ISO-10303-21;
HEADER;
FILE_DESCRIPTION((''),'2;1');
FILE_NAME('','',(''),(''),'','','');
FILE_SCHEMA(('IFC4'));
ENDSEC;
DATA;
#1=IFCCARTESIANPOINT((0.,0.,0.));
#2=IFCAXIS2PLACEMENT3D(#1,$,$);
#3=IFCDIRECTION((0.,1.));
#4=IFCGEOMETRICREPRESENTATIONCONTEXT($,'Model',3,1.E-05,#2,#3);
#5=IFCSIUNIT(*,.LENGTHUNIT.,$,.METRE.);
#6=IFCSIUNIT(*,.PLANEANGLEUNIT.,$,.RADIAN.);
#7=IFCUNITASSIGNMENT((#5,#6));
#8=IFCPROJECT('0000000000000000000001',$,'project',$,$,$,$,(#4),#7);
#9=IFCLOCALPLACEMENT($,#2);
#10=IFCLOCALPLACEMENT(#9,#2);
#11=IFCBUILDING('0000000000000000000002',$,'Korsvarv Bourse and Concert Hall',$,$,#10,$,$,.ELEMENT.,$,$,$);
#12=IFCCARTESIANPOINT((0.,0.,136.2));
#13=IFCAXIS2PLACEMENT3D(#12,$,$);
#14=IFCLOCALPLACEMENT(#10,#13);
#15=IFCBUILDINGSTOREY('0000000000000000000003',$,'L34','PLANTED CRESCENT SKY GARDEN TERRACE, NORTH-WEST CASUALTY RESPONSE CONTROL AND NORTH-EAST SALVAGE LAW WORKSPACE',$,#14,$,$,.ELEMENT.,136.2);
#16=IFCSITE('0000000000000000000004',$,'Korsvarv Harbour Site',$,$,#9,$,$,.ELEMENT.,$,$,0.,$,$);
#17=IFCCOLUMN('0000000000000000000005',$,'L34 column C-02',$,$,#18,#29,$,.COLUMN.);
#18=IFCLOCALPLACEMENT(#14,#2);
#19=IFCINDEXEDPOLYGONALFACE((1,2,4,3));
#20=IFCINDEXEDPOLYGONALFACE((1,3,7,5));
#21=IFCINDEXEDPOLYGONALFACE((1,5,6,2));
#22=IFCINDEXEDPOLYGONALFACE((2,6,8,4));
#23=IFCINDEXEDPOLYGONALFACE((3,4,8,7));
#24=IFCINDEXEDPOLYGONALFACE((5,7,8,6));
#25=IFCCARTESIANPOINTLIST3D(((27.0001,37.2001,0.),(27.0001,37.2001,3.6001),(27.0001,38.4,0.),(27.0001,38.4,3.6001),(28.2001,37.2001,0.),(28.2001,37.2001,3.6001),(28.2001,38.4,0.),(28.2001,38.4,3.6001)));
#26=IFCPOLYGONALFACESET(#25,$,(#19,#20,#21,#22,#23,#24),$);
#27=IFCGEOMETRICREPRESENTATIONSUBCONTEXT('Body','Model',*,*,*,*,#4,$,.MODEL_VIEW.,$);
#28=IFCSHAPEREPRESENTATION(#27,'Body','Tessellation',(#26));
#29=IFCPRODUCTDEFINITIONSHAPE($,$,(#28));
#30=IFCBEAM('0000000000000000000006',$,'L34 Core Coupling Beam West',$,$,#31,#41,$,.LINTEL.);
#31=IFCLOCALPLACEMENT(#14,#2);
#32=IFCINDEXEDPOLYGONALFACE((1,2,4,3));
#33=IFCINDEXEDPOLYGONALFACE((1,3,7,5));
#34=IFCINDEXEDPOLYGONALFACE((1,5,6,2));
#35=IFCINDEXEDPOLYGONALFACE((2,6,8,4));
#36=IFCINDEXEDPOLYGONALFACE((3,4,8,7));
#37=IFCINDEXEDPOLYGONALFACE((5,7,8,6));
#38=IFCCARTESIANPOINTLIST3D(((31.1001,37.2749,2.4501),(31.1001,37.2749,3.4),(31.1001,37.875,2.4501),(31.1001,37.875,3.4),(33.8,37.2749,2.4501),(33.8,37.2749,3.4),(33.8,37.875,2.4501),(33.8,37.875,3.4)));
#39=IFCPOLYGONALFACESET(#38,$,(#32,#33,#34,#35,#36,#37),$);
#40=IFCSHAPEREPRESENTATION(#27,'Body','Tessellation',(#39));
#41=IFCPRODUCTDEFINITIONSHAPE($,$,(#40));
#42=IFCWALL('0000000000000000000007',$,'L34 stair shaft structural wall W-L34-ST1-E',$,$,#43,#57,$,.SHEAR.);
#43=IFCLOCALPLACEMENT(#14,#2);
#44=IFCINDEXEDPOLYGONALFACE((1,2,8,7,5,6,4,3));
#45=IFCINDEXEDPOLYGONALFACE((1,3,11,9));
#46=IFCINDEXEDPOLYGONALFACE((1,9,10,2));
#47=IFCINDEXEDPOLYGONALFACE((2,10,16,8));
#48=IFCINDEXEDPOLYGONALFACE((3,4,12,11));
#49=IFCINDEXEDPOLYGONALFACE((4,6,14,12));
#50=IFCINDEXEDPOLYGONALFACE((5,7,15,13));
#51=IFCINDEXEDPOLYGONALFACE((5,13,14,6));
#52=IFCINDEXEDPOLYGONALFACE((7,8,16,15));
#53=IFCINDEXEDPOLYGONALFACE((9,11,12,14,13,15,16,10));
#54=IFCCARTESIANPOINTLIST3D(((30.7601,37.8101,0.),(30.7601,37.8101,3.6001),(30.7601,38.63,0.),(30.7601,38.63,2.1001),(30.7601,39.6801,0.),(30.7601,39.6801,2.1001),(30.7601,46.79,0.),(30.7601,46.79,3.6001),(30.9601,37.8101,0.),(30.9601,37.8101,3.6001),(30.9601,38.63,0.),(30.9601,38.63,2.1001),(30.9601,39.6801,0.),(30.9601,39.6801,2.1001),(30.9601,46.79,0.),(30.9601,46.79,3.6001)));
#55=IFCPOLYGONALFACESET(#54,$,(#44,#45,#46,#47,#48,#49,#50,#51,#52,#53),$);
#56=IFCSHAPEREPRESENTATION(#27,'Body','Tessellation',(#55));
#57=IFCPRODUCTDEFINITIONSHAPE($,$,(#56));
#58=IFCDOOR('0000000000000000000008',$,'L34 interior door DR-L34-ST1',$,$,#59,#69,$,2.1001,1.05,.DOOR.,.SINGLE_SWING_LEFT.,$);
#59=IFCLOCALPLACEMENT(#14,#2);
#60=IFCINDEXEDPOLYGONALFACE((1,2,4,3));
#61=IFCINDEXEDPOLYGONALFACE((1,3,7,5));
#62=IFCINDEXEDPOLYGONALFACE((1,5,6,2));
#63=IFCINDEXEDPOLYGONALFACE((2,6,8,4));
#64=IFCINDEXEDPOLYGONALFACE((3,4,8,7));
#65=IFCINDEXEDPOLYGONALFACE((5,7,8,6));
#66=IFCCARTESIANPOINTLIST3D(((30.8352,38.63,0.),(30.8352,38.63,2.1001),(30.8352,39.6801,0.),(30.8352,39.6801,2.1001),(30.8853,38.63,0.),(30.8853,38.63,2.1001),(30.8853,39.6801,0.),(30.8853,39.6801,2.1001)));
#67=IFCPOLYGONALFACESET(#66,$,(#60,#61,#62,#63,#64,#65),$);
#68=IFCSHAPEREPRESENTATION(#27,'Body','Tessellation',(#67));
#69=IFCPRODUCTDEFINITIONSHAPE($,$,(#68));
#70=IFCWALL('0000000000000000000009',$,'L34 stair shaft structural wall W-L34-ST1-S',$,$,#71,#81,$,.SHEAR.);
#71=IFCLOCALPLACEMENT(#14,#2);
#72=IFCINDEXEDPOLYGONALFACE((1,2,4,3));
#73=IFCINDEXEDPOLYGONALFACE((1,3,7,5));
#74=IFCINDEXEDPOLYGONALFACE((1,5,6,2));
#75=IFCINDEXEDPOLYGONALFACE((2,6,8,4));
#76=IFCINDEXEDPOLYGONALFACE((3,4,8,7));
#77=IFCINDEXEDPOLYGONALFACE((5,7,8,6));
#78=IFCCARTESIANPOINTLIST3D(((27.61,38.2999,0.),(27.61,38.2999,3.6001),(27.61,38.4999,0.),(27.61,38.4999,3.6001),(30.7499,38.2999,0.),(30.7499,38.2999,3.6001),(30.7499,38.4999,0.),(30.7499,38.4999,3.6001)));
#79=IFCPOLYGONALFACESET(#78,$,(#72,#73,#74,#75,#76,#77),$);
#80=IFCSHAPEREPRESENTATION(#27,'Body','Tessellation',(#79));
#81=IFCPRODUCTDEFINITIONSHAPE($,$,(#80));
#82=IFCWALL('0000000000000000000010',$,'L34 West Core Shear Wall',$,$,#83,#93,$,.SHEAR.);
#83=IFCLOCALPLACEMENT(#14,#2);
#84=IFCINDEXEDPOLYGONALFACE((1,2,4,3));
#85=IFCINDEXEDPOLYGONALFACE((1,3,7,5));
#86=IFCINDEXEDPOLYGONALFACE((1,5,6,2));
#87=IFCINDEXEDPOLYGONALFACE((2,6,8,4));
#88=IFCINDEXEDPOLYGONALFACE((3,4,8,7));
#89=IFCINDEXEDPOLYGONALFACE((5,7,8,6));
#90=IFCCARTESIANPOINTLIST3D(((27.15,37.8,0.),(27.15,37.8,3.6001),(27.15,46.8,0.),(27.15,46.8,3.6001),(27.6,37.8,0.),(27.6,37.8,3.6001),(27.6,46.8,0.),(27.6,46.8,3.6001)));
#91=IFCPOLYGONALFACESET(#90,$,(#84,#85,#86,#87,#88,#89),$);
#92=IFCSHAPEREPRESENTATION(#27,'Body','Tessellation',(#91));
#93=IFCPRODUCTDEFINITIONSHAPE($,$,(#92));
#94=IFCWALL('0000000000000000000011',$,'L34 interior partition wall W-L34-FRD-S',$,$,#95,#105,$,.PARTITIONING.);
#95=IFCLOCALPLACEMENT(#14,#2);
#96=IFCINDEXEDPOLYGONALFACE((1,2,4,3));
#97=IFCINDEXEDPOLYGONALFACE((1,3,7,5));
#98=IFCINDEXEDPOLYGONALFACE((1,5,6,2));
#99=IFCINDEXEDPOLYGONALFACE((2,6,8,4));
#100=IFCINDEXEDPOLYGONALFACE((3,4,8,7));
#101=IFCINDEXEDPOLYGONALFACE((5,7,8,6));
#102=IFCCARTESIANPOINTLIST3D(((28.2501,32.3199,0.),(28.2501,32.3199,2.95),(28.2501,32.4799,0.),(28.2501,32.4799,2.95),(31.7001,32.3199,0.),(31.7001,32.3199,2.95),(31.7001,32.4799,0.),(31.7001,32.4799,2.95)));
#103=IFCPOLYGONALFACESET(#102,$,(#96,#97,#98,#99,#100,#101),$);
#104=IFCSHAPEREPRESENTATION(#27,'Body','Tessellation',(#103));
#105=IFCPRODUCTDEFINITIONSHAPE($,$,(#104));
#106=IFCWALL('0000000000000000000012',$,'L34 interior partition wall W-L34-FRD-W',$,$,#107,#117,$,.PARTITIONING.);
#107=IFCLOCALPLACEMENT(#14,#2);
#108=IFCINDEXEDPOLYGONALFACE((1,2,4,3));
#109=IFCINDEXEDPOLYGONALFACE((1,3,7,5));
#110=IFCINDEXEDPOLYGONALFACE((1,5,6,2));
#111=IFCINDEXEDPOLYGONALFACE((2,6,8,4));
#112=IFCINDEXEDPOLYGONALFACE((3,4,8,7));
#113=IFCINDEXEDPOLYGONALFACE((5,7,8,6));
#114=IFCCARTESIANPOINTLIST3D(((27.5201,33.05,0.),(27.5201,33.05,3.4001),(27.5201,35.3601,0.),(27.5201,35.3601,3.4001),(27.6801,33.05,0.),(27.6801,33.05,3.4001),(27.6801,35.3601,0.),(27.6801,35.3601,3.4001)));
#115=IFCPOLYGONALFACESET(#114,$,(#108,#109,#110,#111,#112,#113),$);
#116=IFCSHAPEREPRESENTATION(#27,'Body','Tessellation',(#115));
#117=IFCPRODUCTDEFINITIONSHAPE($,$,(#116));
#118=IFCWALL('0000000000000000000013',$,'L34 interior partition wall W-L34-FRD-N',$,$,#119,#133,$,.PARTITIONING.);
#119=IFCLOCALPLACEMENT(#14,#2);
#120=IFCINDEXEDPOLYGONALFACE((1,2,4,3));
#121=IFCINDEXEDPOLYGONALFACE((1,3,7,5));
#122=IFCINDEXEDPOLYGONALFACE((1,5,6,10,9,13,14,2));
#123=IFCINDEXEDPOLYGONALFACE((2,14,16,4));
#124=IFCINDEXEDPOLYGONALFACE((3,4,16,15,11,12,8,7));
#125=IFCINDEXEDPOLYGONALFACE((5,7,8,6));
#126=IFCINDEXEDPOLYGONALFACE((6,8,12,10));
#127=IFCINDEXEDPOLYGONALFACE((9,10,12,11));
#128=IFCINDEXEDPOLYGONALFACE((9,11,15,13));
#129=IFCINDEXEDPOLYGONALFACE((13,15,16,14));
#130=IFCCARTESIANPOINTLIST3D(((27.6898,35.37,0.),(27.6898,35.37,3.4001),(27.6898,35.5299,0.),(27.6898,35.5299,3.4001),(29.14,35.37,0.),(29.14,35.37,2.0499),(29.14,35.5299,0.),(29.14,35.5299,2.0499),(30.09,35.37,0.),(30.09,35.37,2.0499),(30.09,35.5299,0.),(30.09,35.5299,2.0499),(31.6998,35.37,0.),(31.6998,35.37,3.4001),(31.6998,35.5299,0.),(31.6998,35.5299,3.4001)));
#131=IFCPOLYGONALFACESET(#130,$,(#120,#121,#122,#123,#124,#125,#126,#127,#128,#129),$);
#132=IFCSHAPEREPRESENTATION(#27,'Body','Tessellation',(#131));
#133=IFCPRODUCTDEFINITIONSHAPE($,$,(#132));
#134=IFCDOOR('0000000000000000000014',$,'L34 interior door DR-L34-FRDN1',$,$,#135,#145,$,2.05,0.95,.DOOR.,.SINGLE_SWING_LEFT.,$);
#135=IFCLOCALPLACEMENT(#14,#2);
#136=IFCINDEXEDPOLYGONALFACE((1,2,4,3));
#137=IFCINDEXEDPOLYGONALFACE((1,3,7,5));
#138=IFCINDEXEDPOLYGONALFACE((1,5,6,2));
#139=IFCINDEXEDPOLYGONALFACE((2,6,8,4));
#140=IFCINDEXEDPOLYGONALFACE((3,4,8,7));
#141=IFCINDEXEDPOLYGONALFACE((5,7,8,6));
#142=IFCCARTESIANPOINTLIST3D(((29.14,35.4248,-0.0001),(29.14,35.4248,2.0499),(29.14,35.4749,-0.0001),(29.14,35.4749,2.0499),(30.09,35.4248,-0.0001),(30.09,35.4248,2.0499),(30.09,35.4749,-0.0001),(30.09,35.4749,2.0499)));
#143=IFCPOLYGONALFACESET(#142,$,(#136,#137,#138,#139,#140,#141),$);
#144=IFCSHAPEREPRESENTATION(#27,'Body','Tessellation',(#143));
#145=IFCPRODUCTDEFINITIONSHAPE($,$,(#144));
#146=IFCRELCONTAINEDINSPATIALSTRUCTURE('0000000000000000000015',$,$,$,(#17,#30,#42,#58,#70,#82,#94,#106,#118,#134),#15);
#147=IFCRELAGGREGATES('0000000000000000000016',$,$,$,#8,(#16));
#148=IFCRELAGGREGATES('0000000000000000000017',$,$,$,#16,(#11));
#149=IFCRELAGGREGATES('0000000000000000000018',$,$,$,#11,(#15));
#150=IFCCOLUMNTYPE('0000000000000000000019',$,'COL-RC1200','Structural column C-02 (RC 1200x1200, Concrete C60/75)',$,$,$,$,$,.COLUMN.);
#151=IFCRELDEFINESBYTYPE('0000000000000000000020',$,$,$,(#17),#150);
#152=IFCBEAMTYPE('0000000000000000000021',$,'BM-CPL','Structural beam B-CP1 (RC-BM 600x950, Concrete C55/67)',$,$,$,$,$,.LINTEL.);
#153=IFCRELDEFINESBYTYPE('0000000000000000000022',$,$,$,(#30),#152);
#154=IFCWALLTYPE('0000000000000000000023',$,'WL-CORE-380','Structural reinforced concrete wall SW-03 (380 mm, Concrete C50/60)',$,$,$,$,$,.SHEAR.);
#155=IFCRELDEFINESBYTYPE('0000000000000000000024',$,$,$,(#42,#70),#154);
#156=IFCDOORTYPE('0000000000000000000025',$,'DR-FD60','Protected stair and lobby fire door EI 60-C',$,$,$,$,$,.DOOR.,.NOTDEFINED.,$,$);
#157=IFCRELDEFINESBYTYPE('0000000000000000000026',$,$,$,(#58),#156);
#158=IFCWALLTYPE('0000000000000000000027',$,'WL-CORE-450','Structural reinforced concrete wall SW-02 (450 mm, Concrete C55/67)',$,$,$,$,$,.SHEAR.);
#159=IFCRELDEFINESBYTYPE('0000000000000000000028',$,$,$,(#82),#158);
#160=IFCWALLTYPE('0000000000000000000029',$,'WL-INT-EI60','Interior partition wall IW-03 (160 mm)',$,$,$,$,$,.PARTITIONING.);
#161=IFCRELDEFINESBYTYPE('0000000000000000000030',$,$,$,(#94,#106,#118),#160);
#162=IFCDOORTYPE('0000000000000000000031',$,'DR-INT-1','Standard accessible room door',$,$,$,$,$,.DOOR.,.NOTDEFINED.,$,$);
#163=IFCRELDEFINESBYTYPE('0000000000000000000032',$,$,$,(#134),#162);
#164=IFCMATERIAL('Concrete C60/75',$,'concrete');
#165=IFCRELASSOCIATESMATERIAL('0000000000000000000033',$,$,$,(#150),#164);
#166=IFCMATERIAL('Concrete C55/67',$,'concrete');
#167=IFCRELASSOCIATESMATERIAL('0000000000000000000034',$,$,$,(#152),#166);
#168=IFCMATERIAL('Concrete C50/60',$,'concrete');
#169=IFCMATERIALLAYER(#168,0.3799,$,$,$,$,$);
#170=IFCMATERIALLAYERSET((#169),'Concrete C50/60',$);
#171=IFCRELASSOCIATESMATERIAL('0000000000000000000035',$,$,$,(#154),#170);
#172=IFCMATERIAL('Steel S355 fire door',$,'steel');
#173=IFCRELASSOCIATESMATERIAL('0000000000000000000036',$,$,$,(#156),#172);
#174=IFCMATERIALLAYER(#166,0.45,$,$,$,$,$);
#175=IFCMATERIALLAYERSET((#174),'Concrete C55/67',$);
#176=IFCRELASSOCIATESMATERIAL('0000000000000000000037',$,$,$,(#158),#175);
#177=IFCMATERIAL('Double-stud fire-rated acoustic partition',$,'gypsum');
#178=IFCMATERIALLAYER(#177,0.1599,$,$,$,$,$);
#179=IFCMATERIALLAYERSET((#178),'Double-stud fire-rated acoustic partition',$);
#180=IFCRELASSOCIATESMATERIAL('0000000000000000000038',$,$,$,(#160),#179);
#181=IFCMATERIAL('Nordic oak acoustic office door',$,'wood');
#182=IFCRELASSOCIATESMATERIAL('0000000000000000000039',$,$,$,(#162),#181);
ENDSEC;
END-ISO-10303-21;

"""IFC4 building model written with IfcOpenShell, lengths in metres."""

from ifc_helpers import new_model, si_unit, direction, frame, frame_2d, origin, origin_2d, place, context, subcontext, project, spatial, rectangle, extrude, source, transform, mapped, material, layer, layer_set, material_profile, profile_set, type_object, element, fill, save


model = new_model("IFC4")

# Units and contexts
model_context = context("Model", 3, precision=1e-05, world=origin(), true_north=direction((0.0, 1.0)))
body_context = subcontext(model_context, "Body", "Model", "MODEL_VIEW")
ifc_project = project(units=[si_unit("LENGTHUNIT", "METRE"), si_unit("PLANEANGLEUNIT", "RADIAN")], contexts=[model_context])

# Site, building, storey
site_placement = place(None, origin())
site = spatial("IfcSite", under=ifc_project, at=site_placement, Name="Korsvarv Harbour Site", CompositionType="ELEMENT", RefElevation=0.0)
building_placement = place(site_placement, origin())
building = spatial("IfcBuilding", under=site, at=building_placement, Name="Korsvarv Bourse and Concert Hall", CompositionType="ELEMENT")
storey_placement = place(building_placement, frame((0.0, 0.0, 136.2)))
storey = spatial("IfcBuildingStorey", under=building, at=storey_placement, Name="L34", Description="PLANTED CRESCENT SKY GARDEN TERRACE, NORTH-WEST CASUALTY RESPONSE CONTROL AND NORTH-EAST SALVAGE LAW WORKSPACE", CompositionType="ELEMENT", Elevation=136.2)

# Column
ifc_material_1 = material(Name="Concrete C60/75", Category="concrete")
ifc_material_profile_1 = material_profile(ifc_material_1, rectangle(XDim=1.2, YDim=1.2, at=origin_2d()), Name="RC 1200x1200")
ifc_profile_set_1 = profile_set([ifc_material_profile_1], Name="Concrete C60/75")
column_type = type_object("IfcColumnType", Name="COL-RC1200", Description="Structural column C-02 (RC 1200x1200, Concrete C60/75)", PredefinedType="COLUMN", material=ifc_profile_set_1)
shared_shape_1 = source(origin(), body_context, "Body", "SweptSolid", [
    extrude(rectangle(XDim=1.2, YDim=1.2, at=origin_2d()), origin(), (0.0, 0.0, 1.0), 3.6001),
])
column_placement = place(storey_placement, frame((27.6001, 37.8, 0.0), z_axis=(0.0, 0.0, 1.0), x_axis=(1.0, 0.0, 0.0)))
element("IfcColumn", 1, at=column_placement, inside=storey, type_object=column_type, Name="L34 column C-02", PredefinedType="COLUMN", context=body_context, shape_type="MappedRepresentation", body=[
    mapped(shared_shape_1, transform((0.0, 0.0, 0.0), scale=1.0)),
])

# Beam
ifc_material_2 = material(Name="Concrete C55/67", Category="concrete")
ifc_material_profile_2 = material_profile(ifc_material_2, rectangle(XDim=0.6001, YDim=0.95, at=origin_2d()), Name="RC-BM 600x950")
ifc_profile_set_2 = profile_set([ifc_material_profile_2], Name="Concrete C55/67")
beam_type = type_object("IfcBeamType", Name="BM-CPL", Description="Structural beam B-CP1 (RC-BM 600x950, Concrete C55/67)", PredefinedType="LINTEL", material=ifc_profile_set_2)
shared_shape_2 = source(origin(), body_context, "Body", "SweptSolid", [
    extrude(rectangle(XDim=0.6001, YDim=0.95, at=origin_2d()), origin(), (0.0, 0.0, 1.0), 2.7),
])
beam_placement = place(storey_placement, frame((31.1001, 37.575, 2.925), z_axis=(1.0, 0.0, 0.0), x_axis=(0.0, 1.0, 0.0)))
element("IfcBeam", 2, at=beam_placement, inside=storey, type_object=beam_type, Name="L34 Core Coupling Beam West", PredefinedType="LINTEL", context=body_context, shape_type="MappedRepresentation", body=[
    mapped(shared_shape_2, transform((0.0, 0.0, 0.0), scale=1.0)),
])

# Wall, opening, door
ifc_material_3 = material(Name="Concrete C50/60", Category="concrete")
ifc_layer_1 = layer(ifc_material_3, 0.3799)
ifc_layer_set_1 = layer_set([ifc_layer_1], Name="Concrete C50/60")
wall_type_1 = type_object("IfcWallType", Name="WL-CORE-380", Description="Structural reinforced concrete wall SW-03 (380 mm, Concrete C50/60)", PredefinedType="SHEAR", material=ifc_layer_set_1)
wall_1_placement = place(storey_placement, frame((30.8601, 37.8101, 0.0), z_axis=(0.0, 0.0, 1.0), x_axis=(0.0, 1.0, 0.0)))
wall_1 = element("IfcWall", 3, at=wall_1_placement, inside=storey, type_object=wall_type_1, Name="L34 stair shaft structural wall W-L34-ST1-E", PredefinedType="SHEAR", context=body_context, shape_type="SweptSolid", body=[
    extrude(rectangle(XDim=8.98, YDim=0.2, at=frame_2d((4.49, 0.0))), origin(), (0.0, 0.0, 1.0), 3.6001),
])
opening_1_placement = place(wall_1_placement, frame((0.8201, 0.0, 0.0)))
opening_1 = element("IfcOpeningElement", 4, at=opening_1_placement, cuts=wall_1, PredefinedType="OPENING", context=body_context, shape_type="SweptSolid", body=[
    extrude(rectangle(XDim=1.05, YDim=2.1001, at=frame_2d((0.5249, 1.05))), frame((0.0, 0.1099, 0.0), z_axis=(0.0, -1.0, 0.0), x_axis=(1.0, 0.0, 0.0)), (0.0, 0.0, 1.0), 0.22),
])
ifc_material_4 = material(Name="Steel S355 fire door", Category="steel")
door_type_1 = type_object("IfcDoorType", Name="DR-FD60", Description="Protected stair and lobby fire door EI 60-C", OperationType="NOTDEFINED", PredefinedType="DOOR", material=ifc_material_4)
door_1_placement = place(opening_1_placement, origin())
door_1 = element("IfcDoor", 5, at=door_1_placement, inside=storey, type_object=door_type_1, Name="L34 interior door DR-L34-ST1", OperationType="SINGLE_SWING_LEFT", OverallHeight=2.1001, OverallWidth=1.05, PredefinedType="DOOR", context=body_context, shape_type="SweptSolid", body=[
    extrude(rectangle(XDim=1.05, YDim=2.1001, at=frame_2d((0.5249, 1.05))), frame((0.0, 0.0249, 0.0), z_axis=(0.0, -1.0, 0.0), x_axis=(1.0, 0.0, 0.0)), (0.0, 0.0, 1.0), 0.05),
])
fill(opening_1, door_1)

# Walls
wall_2_placement = place(storey_placement, frame((27.6101, 38.3999, 0.0), z_axis=(0.0, 0.0, 1.0), x_axis=(1.0, 0.0, 0.0)))
element("IfcWall", 6, at=wall_2_placement, inside=storey, type_object=wall_type_1, Name="L34 stair shaft structural wall W-L34-ST1-S", PredefinedType="SHEAR", context=body_context, shape_type="SweptSolid", body=[
    extrude(rectangle(XDim=3.1399, YDim=0.2, at=frame_2d((1.5698, 0.0))), origin(), (0.0, 0.0, 1.0), 3.6001),
])
ifc_layer_2 = layer(ifc_material_2, 0.45)
ifc_layer_set_2 = layer_set([ifc_layer_2], Name="Concrete C55/67")
wall_type_2 = type_object("IfcWallType", Name="WL-CORE-450", Description="Structural reinforced concrete wall SW-02 (450 mm, Concrete C55/67)", PredefinedType="SHEAR", material=ifc_layer_set_2)
wall_3_placement = place(storey_placement, frame((27.375, 37.8, 0.0), z_axis=(0.0, 0.0, 1.0), x_axis=(0.0, 1.0, 0.0)))
element("IfcWall", 7, at=wall_3_placement, inside=storey, type_object=wall_type_2, Name="L34 West Core Shear Wall", PredefinedType="SHEAR", context=body_context, shape_type="SweptSolid", body=[
    extrude(rectangle(XDim=9.0, YDim=0.45, at=frame_2d((4.5, 0.0))), origin(), (0.0, 0.0, 1.0), 3.6001),
])
ifc_material_5 = material(Name="Double-stud fire-rated acoustic partition", Category="gypsum")
ifc_layer_3 = layer(ifc_material_5, 0.1599)
ifc_layer_set_3 = layer_set([ifc_layer_3], Name="Double-stud fire-rated acoustic partition")
wall_type_3 = type_object("IfcWallType", Name="WL-INT-EI60", Description="Interior partition wall IW-03 (160 mm)", PredefinedType="PARTITIONING", material=ifc_layer_set_3)
wall_4_placement = place(storey_placement, frame((28.25, 32.3999, 0.0), z_axis=(0.0, 0.0, 1.0), x_axis=(1.0, 0.0, 0.0)))
element("IfcWall", 8, at=wall_4_placement, inside=storey, type_object=wall_type_3, Name="L34 interior partition wall W-L34-FRD-S", PredefinedType="PARTITIONING", context=body_context, shape_type="SweptSolid", body=[
    extrude(rectangle(XDim=3.45, YDim=0.1599, at=frame_2d((1.7251, 0.0))), origin(), (0.0, 0.0, 1.0), 2.95),
])
wall_5_placement = place(storey_placement, frame((27.6001, 33.05, 0.0), z_axis=(0.0, 0.0, 1.0), x_axis=(0.0, 1.0, 0.0)))
element("IfcWall", 9, at=wall_5_placement, inside=storey, type_object=wall_type_3, Name="L34 interior partition wall W-L34-FRD-W", PredefinedType="PARTITIONING", context=body_context, shape_type="SweptSolid", body=[
    extrude(rectangle(XDim=2.3101, YDim=0.1599, at=frame_2d((1.155, 0.0))), origin(), (0.0, 0.0, 1.0), 3.4001),
])

# Wall, opening, door
wall_6_placement = place(storey_placement, frame((27.6899, 35.45, 0.0), z_axis=(0.0, 0.0, 1.0), x_axis=(1.0, 0.0, 0.0)))
wall_6 = element("IfcWall", 10, at=wall_6_placement, inside=storey, type_object=wall_type_3, Name="L34 interior partition wall W-L34-FRD-N", PredefinedType="PARTITIONING", context=body_context, shape_type="SweptSolid", body=[
    extrude(rectangle(XDim=4.01, YDim=0.1599, at=frame_2d((2.0049, 0.0))), origin(), (0.0, 0.0, 1.0), 3.4001),
])
opening_2_placement = place(wall_6_placement, frame((1.45, 0.0, 0.0)))
opening_2 = element("IfcOpeningElement", 11, at=opening_2_placement, cuts=wall_6, PredefinedType="OPENING", context=body_context, shape_type="SweptSolid", body=[
    extrude(rectangle(XDim=0.95, YDim=2.05, at=frame_2d((0.4751, 1.0249))), frame((0.0, 0.0898, 0.0), z_axis=(0.0, -1.0, 0.0), x_axis=(1.0, 0.0, 0.0)), (0.0, 0.0, 1.0), 0.1799),
])
ifc_material_6 = material(Name="Nordic oak acoustic office door", Category="wood")
door_type_2 = type_object("IfcDoorType", Name="DR-INT-1", Description="Standard accessible room door", OperationType="NOTDEFINED", PredefinedType="DOOR", material=ifc_material_6)
door_2_placement = place(opening_2_placement, origin())
door_2 = element("IfcDoor", 12, at=door_2_placement, inside=storey, type_object=door_type_2, Name="L34 interior door DR-L34-FRDN1", OperationType="SINGLE_SWING_LEFT", OverallHeight=2.05, OverallWidth=0.95, PredefinedType="DOOR", context=body_context, shape_type="SweptSolid", body=[
    extrude(rectangle(XDim=0.95, YDim=2.05, at=frame_2d((0.4751, 1.0249))), frame((0.0, 0.0249, 0.0), z_axis=(0.0, -1.0, 0.0), x_axis=(1.0, 0.0, 0.0)), (0.0, 0.0, 1.0), 0.05),
])
fill(opening_2, door_2)

save(model, "model.ifc")
